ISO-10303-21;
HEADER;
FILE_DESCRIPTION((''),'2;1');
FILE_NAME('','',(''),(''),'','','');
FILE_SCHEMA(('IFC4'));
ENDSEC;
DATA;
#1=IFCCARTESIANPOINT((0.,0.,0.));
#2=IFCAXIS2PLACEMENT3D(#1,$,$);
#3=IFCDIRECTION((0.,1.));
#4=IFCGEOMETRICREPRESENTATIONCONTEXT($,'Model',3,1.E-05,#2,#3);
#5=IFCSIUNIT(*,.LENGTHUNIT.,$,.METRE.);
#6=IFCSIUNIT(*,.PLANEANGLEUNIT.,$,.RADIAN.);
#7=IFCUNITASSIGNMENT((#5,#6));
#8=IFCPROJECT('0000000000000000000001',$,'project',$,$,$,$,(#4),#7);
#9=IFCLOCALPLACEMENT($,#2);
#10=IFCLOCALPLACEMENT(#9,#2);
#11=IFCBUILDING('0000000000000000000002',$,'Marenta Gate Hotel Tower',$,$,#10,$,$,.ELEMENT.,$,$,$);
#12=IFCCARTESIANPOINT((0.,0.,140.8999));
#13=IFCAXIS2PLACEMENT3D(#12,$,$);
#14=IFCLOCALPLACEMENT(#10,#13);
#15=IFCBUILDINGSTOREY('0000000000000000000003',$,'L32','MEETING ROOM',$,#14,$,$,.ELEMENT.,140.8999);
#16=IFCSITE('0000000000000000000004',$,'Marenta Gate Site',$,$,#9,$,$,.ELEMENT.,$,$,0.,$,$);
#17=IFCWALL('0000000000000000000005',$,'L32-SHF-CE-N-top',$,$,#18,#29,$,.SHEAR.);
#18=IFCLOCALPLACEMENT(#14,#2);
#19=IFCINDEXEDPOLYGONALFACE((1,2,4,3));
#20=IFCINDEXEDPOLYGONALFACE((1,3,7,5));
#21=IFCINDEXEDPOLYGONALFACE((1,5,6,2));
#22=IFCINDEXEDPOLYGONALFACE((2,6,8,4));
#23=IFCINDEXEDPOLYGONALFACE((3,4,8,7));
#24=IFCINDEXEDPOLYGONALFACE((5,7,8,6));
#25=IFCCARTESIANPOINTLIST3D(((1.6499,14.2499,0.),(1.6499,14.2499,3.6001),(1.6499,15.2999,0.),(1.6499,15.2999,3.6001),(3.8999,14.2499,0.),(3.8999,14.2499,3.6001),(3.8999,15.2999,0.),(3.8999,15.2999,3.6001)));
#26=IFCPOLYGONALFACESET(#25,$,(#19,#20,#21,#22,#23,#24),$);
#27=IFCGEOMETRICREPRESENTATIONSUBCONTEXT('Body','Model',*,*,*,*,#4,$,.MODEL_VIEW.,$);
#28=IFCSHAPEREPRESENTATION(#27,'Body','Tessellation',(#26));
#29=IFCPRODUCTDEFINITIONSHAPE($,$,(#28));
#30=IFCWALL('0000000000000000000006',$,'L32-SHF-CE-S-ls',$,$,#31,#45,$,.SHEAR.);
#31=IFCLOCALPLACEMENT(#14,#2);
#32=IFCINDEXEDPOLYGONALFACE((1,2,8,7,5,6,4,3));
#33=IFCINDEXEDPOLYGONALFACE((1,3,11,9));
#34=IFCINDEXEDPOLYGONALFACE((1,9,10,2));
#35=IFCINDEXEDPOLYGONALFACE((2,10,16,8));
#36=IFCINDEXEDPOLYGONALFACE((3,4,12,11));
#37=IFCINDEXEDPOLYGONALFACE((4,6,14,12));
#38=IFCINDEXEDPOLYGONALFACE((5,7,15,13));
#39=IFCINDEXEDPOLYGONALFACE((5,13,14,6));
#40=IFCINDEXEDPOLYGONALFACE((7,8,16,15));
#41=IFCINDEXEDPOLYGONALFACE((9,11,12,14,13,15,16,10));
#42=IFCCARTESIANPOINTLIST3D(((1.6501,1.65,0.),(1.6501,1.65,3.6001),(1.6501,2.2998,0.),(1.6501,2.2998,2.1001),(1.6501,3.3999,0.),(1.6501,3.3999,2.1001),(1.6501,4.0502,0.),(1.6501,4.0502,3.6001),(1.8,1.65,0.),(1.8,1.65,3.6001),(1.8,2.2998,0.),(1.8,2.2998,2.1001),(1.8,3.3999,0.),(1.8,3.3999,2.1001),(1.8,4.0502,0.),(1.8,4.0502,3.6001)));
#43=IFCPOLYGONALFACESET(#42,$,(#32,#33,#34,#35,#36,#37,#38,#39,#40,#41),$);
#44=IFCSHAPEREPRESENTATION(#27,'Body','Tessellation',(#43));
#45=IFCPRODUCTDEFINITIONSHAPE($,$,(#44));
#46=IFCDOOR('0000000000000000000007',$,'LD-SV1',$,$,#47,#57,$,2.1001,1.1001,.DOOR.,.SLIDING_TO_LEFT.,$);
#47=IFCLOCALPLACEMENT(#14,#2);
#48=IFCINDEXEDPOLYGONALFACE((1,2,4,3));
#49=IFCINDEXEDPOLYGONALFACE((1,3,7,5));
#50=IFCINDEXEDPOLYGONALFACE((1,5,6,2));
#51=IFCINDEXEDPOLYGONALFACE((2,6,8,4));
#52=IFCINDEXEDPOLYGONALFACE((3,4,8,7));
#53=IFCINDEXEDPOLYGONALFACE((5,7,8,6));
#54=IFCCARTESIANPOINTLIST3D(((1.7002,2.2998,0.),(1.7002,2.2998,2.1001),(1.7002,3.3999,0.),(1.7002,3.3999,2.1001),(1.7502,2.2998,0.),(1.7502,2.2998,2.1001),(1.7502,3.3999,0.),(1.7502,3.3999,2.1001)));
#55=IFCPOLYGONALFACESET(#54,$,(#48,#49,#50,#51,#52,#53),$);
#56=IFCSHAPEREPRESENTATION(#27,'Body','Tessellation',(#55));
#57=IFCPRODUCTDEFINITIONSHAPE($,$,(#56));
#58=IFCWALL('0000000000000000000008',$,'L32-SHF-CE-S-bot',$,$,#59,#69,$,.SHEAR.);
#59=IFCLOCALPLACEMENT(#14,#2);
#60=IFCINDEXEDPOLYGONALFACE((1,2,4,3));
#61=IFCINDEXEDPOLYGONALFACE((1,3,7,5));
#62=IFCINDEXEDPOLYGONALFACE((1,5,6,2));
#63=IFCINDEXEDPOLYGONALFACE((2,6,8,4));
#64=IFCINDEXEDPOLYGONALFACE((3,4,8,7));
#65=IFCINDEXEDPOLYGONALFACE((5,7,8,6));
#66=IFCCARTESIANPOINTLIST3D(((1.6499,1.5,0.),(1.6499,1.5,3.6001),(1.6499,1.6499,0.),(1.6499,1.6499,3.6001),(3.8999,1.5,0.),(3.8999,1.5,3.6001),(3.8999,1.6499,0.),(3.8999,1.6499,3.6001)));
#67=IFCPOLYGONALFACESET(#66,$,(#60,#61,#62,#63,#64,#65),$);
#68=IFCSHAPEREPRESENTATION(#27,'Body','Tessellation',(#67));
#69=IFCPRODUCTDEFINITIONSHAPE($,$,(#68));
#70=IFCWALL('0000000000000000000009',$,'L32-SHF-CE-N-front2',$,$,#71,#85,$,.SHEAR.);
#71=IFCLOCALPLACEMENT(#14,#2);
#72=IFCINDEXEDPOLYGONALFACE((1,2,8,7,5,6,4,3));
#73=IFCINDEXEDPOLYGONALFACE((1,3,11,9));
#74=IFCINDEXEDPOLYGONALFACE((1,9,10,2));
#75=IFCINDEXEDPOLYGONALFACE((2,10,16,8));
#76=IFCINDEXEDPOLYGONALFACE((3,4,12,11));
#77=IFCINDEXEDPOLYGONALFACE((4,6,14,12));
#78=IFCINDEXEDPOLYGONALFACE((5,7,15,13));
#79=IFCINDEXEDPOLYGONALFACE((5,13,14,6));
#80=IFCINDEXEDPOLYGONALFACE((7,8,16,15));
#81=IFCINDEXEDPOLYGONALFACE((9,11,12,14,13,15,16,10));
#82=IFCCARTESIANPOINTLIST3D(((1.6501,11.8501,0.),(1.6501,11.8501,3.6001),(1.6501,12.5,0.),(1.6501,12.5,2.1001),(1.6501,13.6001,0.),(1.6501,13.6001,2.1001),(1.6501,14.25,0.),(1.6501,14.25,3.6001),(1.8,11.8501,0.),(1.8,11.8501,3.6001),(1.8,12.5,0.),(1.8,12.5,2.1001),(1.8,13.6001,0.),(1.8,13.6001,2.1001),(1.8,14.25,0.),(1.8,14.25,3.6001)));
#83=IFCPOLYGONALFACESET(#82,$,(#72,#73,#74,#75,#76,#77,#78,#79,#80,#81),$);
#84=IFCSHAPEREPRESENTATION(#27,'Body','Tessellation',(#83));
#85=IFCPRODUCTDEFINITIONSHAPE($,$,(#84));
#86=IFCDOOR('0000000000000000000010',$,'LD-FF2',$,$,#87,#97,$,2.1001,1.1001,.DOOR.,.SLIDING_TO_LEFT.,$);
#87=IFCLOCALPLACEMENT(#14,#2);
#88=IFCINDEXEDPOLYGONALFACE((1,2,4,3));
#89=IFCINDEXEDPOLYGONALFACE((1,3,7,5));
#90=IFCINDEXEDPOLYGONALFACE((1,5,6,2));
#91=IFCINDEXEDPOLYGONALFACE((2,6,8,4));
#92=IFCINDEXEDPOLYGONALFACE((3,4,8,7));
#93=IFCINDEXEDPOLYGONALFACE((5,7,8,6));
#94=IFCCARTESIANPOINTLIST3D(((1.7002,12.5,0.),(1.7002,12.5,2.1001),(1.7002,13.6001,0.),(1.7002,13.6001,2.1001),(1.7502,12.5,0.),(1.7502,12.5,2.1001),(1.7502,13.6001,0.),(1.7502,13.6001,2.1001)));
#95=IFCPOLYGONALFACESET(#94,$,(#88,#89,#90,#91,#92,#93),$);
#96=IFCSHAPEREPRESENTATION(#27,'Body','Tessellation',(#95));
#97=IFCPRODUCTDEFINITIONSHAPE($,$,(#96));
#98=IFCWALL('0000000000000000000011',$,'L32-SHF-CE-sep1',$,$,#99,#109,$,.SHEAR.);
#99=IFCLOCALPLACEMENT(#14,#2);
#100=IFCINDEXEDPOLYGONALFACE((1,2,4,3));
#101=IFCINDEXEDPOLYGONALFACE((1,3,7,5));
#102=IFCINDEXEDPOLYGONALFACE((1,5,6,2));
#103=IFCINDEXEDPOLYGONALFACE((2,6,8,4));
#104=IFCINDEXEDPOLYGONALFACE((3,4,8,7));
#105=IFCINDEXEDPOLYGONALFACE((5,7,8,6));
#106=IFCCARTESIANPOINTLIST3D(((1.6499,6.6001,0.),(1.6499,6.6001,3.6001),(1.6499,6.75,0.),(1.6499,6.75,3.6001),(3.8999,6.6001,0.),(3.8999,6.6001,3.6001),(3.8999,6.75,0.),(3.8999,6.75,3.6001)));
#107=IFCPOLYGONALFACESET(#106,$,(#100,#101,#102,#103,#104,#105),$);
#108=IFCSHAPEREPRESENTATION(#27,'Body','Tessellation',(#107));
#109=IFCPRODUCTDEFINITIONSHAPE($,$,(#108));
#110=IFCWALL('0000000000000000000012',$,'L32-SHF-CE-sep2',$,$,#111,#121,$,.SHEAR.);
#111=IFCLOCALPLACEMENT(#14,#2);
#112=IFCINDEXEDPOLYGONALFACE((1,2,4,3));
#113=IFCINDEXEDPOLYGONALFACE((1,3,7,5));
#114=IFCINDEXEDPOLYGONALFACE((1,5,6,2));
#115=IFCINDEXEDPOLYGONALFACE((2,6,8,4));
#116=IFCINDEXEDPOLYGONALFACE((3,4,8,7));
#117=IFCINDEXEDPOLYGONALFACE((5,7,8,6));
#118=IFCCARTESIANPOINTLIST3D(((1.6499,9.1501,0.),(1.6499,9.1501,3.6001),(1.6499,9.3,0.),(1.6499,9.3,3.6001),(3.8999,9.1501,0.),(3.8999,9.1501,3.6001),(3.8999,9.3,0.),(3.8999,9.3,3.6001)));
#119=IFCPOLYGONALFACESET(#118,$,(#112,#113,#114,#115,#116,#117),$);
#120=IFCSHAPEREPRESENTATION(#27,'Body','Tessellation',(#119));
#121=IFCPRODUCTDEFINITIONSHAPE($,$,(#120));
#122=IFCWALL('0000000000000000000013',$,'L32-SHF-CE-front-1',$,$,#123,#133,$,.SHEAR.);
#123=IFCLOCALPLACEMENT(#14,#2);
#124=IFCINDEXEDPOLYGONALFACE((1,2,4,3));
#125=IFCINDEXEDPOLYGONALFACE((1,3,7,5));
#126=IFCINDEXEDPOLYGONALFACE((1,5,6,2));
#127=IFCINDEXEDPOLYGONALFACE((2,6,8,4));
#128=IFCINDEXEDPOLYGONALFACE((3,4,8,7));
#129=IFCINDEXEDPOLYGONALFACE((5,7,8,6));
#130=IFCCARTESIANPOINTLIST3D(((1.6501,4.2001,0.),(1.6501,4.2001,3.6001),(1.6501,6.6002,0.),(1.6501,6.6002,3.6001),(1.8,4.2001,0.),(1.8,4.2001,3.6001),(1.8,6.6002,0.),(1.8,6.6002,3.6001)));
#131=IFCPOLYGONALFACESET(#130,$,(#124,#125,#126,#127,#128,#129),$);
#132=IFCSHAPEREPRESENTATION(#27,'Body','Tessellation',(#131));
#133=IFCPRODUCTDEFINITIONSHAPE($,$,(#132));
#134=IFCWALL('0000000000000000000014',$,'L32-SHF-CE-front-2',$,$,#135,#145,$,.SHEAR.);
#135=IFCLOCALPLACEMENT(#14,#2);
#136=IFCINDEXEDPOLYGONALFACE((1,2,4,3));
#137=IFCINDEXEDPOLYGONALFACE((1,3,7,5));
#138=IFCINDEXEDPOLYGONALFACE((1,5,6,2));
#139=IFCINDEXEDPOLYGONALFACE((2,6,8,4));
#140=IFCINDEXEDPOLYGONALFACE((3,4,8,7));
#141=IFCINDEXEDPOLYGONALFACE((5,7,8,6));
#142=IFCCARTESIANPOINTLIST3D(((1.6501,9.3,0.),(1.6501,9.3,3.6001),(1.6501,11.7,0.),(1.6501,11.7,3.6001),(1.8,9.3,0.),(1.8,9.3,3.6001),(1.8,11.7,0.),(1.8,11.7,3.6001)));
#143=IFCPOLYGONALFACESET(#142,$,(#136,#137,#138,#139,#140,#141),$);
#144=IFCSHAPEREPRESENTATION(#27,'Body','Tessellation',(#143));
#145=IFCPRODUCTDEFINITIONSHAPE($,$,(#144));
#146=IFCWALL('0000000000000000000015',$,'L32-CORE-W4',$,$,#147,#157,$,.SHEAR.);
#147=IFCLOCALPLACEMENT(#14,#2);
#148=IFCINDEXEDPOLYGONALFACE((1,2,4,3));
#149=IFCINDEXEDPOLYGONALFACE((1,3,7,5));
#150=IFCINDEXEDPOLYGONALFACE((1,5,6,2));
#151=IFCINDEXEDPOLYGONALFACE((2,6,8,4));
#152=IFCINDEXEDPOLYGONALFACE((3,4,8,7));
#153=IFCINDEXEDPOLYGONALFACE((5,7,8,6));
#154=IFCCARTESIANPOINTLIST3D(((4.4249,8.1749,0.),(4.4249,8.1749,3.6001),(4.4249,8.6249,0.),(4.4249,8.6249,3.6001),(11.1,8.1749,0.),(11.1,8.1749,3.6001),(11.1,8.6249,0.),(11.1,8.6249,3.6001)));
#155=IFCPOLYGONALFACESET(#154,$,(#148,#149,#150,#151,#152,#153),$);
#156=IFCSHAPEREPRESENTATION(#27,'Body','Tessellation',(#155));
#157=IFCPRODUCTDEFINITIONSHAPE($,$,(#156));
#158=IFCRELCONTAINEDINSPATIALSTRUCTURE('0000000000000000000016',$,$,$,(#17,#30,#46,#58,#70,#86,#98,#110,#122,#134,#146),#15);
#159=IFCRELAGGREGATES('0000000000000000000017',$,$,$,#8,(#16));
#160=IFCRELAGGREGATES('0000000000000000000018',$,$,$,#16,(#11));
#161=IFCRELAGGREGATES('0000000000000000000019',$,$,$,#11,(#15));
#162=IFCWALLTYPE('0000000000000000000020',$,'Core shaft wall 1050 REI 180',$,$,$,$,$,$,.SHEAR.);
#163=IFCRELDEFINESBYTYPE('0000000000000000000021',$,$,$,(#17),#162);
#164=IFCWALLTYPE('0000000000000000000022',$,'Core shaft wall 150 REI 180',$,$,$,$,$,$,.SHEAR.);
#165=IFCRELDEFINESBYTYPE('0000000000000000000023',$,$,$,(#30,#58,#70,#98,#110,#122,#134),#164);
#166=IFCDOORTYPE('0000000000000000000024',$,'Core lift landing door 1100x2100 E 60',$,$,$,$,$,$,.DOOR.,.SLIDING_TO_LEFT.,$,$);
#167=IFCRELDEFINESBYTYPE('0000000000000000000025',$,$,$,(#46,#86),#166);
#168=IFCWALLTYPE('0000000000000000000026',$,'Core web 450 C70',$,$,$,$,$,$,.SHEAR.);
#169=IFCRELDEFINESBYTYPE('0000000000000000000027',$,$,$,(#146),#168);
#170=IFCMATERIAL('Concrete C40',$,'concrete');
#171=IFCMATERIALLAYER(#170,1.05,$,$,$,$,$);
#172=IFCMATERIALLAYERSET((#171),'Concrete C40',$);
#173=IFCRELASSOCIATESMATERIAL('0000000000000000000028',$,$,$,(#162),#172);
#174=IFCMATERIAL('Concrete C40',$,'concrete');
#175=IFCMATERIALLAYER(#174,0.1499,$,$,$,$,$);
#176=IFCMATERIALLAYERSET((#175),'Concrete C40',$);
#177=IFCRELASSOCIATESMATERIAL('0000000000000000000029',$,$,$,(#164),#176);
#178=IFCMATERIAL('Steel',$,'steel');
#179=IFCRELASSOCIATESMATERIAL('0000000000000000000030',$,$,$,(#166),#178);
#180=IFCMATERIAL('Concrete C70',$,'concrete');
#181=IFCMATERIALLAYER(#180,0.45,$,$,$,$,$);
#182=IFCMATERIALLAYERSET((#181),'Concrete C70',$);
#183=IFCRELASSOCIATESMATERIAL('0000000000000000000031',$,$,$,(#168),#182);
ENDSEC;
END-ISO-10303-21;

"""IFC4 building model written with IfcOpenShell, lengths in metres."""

from ifc_helpers import new_model, si_unit, direction, frame, frame_2d, origin, place, context, subcontext, project, spatial, rectangle, extrude, material, layer, layer_set, type_object, element, fill, save


model = new_model("IFC4")

# Units and contexts
model_context = context("Model", 3, precision=1e-05, world=origin(), true_north=direction((0.0, 1.0)))
body_context = subcontext(model_context, "Body", "Model", "MODEL_VIEW")
ifc_project = project(units=[si_unit("LENGTHUNIT", "METRE"), si_unit("PLANEANGLEUNIT", "RADIAN")], contexts=[model_context])

# Site, building, storey
site_placement = place(None, origin())
site = spatial("IfcSite", under=ifc_project, at=site_placement, Name="Marenta Gate Site", CompositionType="ELEMENT", RefElevation=0.0)
building_placement = place(site_placement, origin())
building = spatial("IfcBuilding", under=site, at=building_placement, Name="Marenta Gate Hotel Tower", CompositionType="ELEMENT")
storey_placement = place(building_placement, frame((0.0, 0.0, 140.8999)))
storey = spatial("IfcBuildingStorey", under=building, at=storey_placement, Name="L32", Description="MEETING ROOM", CompositionType="ELEMENT", Elevation=140.8999)

# Wall
ifc_material_1 = material(Name="Concrete C40", Category="concrete")
ifc_layer_1 = layer(ifc_material_1, 1.05)
ifc_layer_set_1 = layer_set([ifc_layer_1], Name="Concrete C40")
wall_type_1 = type_object("IfcWallType", Name="Core shaft wall 1050 REI 180", PredefinedType="SHEAR", material=ifc_layer_set_1)
wall_1_placement = place(storey_placement, frame((1.6499, 14.7749, 0.0), z_axis=(0.0, 0.0, 1.0), x_axis=(1.0, 0.0, 0.0)))
element("IfcWall", 1, at=wall_1_placement, inside=storey, type_object=wall_type_1, Name="L32-SHF-CE-N-top", PredefinedType="SHEAR", context=body_context, shape_type="SweptSolid", body=[
    extrude(rectangle(XDim=2.25, YDim=1.05, at=frame_2d((1.125, 0.0))), origin(), (0.0, 0.0, 1.0), 3.6001),
])

# Wall, opening, door
ifc_material_2 = material(Name="Concrete C40", Category="concrete")
ifc_layer_2 = layer(ifc_material_2, 0.1499)
ifc_layer_set_2 = layer_set([ifc_layer_2], Name="Concrete C40")
wall_type_2 = type_object("IfcWallType", Name="Core shaft wall 150 REI 180", PredefinedType="SHEAR", material=ifc_layer_set_2)
wall_2_placement = place(storey_placement, frame((1.7251, 1.6499, 0.0), z_axis=(0.0, 0.0, 1.0), x_axis=(0.0, 1.0, 0.0)))
wall_2 = element("IfcWall", 2, at=wall_2_placement, inside=storey, type_object=wall_type_2, Name="L32-SHF-CE-S-ls", PredefinedType="SHEAR", context=body_context, shape_type="SweptSolid", body=[
    extrude(rectangle(XDim=2.4001, YDim=0.1499, at=frame_2d((1.2002, 0.0))), origin(), (0.0, 0.0, 1.0), 3.6001),
])
opening_1_placement = place(wall_2_placement, frame((0.6499, 0.0, 0.0)))
opening_1 = element("IfcOpeningElement", 3, at=opening_1_placement, cuts=wall_2, PredefinedType="OPENING", context=body_context, shape_type="SweptSolid", body=[
    extrude(rectangle(XDim=1.1001, YDim=2.1001, at=frame_2d((0.55, 1.05))), frame((0.0, 0.075, 0.0), z_axis=(0.0, -1.0, 0.0), x_axis=(1.0, 0.0, 0.0)), (0.0, 0.0, 1.0), 0.1499),
])
ifc_material_3 = material(Name="Steel", Category="steel")
door_type_1 = type_object("IfcDoorType", Name="Core lift landing door 1100x2100 E 60", OperationType="SLIDING_TO_LEFT", PredefinedType="DOOR", material=ifc_material_3)
door_1_placement = place(opening_1_placement, origin())
door_1 = element("IfcDoor", 4, at=door_1_placement, inside=storey, type_object=door_type_1, Name="LD-SV1", OperationType="SLIDING_TO_LEFT", OverallHeight=2.1001, OverallWidth=1.1001, PredefinedType="DOOR", context=body_context, shape_type="SweptSolid", body=[
    extrude(rectangle(XDim=1.1001, YDim=2.1001, at=frame_2d((0.55, 1.05))), frame((0.0, 0.0249, 0.0), z_axis=(0.0, -1.0, 0.0), x_axis=(1.0, 0.0, 0.0)), (0.0, 0.0, 1.0), 0.05),
])
fill(opening_1, door_1)

# Wall
wall_3_placement = place(storey_placement, frame((1.6499, 1.575, 0.0), z_axis=(0.0, 0.0, 1.0), x_axis=(1.0, 0.0, 0.0)))
element("IfcWall", 5, at=wall_3_placement, inside=storey, type_object=wall_type_2, Name="L32-SHF-CE-S-bot", PredefinedType="SHEAR", context=body_context, shape_type="SweptSolid", body=[
    extrude(rectangle(XDim=2.25, YDim=0.1499, at=frame_2d((1.125, 0.0))), origin(), (0.0, 0.0, 1.0), 3.6001),
])

# Wall, opening, door
wall_4_placement = place(storey_placement, frame((1.7251, 11.8501, 0.0), z_axis=(0.0, 0.0, 1.0), x_axis=(0.0, 1.0, 0.0)))
wall_4 = element("IfcWall", 6, at=wall_4_placement, inside=storey, type_object=wall_type_2, Name="L32-SHF-CE-N-front2", PredefinedType="SHEAR", context=body_context, shape_type="SweptSolid", body=[
    extrude(rectangle(XDim=2.3999, YDim=0.1499, at=frame_2d((1.2, 0.0))), origin(), (0.0, 0.0, 1.0), 3.6001),
])
opening_2_placement = place(wall_4_placement, frame((0.6499, 0.0, 0.0)))
opening_2 = element("IfcOpeningElement", 7, at=opening_2_placement, cuts=wall_4, PredefinedType="OPENING", context=body_context, shape_type="SweptSolid", body=[
    extrude(rectangle(XDim=1.1001, YDim=2.1001, at=frame_2d((0.55, 1.05))), frame((0.0, 0.075, 0.0), z_axis=(0.0, -1.0, 0.0), x_axis=(1.0, 0.0, 0.0)), (0.0, 0.0, 1.0), 0.1499),
])
door_2_placement = place(opening_2_placement, origin())
door_2 = element("IfcDoor", 8, at=door_2_placement, inside=storey, type_object=door_type_1, Name="LD-FF2", OperationType="SLIDING_TO_LEFT", OverallHeight=2.1001, OverallWidth=1.1001, PredefinedType="DOOR", context=body_context, shape_type="SweptSolid", body=[
    extrude(rectangle(XDim=1.1001, YDim=2.1001, at=frame_2d((0.55, 1.05))), frame((0.0, 0.0249, 0.0), z_axis=(0.0, -1.0, 0.0), x_axis=(1.0, 0.0, 0.0)), (0.0, 0.0, 1.0), 0.05),
])
fill(opening_2, door_2)

# Walls
for number, where, z_axis, x_axis, name in (
    (9, (1.6499, 6.675, 0.0), (0.0, 0.0, 1.0), (1.0, 0.0, 0.0), "L32-SHF-CE-sep1"),
    (10, (1.6499, 9.2251, 0.0), (0.0, 0.0, 1.0), (1.0, 0.0, 0.0), "L32-SHF-CE-sep2"),
):
    element("IfcWall", number, at=place(storey_placement, frame(where, z_axis=z_axis, x_axis=x_axis)), inside=storey, type_object=wall_type_2, Name=name, PredefinedType="SHEAR", context=body_context, shape_type="SweptSolid", body=[
        extrude(rectangle(XDim=2.25, YDim=0.1499, at=frame_2d((1.125, 0.0))), origin(), (0.0, 0.0, 1.0), 3.6001),
    ])
wall_5_placement = place(storey_placement, frame((1.7251, 4.2, 0.0), z_axis=(0.0, 0.0, 1.0), x_axis=(0.0, 1.0, 0.0)))
element("IfcWall", 11, at=wall_5_placement, inside=storey, type_object=wall_type_2, Name="L32-SHF-CE-front-1", PredefinedType="SHEAR", context=body_context, shape_type="SweptSolid", body=[
    extrude(rectangle(XDim=2.4001, YDim=0.1499, at=frame_2d((1.2002, 0.0))), origin(), (0.0, 0.0, 1.0), 3.6001),
])
wall_6_placement = place(storey_placement, frame((1.7251, 9.3, 0.0), z_axis=(0.0, 0.0, 1.0), x_axis=(0.0, 1.0, 0.0)))
element("IfcWall", 12, at=wall_6_placement, inside=storey, type_object=wall_type_2, Name="L32-SHF-CE-front-2", PredefinedType="SHEAR", context=body_context, shape_type="SweptSolid", body=[
    extrude(rectangle(XDim=2.3999, YDim=0.1499, at=frame_2d((1.2, 0.0))), origin(), (0.0, 0.0, 1.0), 3.6001),
])

# Shared definitions
ifc_material_4 = material(Name="Concrete C70", Category="concrete")
ifc_layer_3 = layer(ifc_material_4, 0.45)
ifc_layer_set_3 = layer_set([ifc_layer_3], Name="Concrete C70")
wall_type_3 = type_object("IfcWallType", Name="Core web 450 C70", PredefinedType="SHEAR", material=ifc_layer_set_3)

# Wall
wall_7_placement = place(storey_placement, frame((4.425, 8.3999, 0.0), z_axis=(0.0, 0.0, 1.0), x_axis=(1.0, 0.0, 0.0)))
element("IfcWall", 13, at=wall_7_placement, inside=storey, type_object=wall_type_3, Name="L32-CORE-W4", PredefinedType="SHEAR", context=body_context, shape_type="SweptSolid", body=[
    extrude(rectangle(XDim=6.675, YDim=0.45, at=frame_2d((3.3374, 0.0))), origin(), (0.0, 0.0, 1.0), 3.6001),
])

save(model, "model.ifc")
